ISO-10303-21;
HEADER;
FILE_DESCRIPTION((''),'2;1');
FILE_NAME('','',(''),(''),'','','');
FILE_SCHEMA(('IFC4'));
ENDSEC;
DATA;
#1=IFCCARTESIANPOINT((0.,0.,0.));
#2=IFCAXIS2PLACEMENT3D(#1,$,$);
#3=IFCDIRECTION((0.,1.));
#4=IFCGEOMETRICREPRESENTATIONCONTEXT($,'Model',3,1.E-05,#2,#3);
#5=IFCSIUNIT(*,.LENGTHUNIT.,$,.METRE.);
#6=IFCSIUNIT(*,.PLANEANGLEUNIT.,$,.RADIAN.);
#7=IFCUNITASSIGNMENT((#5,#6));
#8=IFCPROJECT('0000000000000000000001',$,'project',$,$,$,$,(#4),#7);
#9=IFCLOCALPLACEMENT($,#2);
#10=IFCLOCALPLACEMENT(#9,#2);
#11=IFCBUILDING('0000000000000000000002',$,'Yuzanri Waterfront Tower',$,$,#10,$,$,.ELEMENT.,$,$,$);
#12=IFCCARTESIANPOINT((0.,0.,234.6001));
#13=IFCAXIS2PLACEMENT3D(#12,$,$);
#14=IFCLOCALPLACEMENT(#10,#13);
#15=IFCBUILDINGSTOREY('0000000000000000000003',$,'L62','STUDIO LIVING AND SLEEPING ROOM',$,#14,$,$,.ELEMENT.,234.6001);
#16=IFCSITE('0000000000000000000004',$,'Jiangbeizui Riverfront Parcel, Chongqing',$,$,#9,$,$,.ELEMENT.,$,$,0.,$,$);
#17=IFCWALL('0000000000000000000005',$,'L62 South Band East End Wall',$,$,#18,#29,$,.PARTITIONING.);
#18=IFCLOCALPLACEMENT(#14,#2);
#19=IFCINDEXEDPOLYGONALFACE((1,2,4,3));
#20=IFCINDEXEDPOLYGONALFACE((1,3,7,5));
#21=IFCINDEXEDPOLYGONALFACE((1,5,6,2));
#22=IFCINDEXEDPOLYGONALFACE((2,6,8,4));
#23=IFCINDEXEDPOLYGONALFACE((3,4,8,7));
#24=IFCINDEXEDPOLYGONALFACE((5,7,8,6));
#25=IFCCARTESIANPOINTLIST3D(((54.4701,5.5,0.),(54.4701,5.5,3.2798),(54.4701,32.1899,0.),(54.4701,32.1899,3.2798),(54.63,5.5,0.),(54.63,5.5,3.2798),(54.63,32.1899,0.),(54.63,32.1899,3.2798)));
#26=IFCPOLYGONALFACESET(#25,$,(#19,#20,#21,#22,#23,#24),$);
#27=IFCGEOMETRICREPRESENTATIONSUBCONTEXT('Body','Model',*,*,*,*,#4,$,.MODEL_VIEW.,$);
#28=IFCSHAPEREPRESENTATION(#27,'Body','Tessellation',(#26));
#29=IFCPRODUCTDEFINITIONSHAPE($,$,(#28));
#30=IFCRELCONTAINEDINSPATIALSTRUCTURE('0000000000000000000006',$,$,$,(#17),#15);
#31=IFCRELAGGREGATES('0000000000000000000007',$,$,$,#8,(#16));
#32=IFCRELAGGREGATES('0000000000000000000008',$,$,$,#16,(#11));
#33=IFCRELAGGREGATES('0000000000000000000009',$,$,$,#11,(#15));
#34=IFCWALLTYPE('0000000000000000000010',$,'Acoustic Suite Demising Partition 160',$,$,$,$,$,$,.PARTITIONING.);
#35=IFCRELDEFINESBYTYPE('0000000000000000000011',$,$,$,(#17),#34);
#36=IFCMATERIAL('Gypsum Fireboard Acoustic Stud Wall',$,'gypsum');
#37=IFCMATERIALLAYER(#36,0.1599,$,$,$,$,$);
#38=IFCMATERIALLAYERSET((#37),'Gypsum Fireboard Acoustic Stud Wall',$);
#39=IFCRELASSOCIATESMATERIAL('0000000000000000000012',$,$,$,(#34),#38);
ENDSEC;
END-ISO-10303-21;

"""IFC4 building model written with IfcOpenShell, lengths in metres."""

from ifc_helpers import new_model, si_unit, direction, frame, frame_2d, origin, place, context, subcontext, project, spatial, rectangle, extrude, source, transform, mapped, material, layer, layer_set, type_object, element, save


model = new_model("IFC4")

# Units and contexts
model_context = context("Model", 3, precision=1e-05, world=origin(), true_north=direction((0.0, 1.0)))
body_context = subcontext(model_context, "Body", "Model", "MODEL_VIEW")
ifc_project = project(units=[si_unit("LENGTHUNIT", "METRE"), si_unit("PLANEANGLEUNIT", "RADIAN")], contexts=[model_context])

# Site, building, storey
site_placement = place(None, origin())
site = spatial("IfcSite", under=ifc_project, at=site_placement, Name="Jiangbeizui Riverfront Parcel, Chongqing", CompositionType="ELEMENT", RefElevation=0.0)
building_placement = place(site_placement, origin())
building = spatial("IfcBuilding", under=site, at=building_placement, Name="Yuzanri Waterfront Tower", CompositionType="ELEMENT")
storey_placement = place(building_placement, frame((0.0, 0.0, 234.6001)))
storey = spatial("IfcBuildingStorey", under=building, at=storey_placement, Name="L62", Description="STUDIO LIVING AND SLEEPING ROOM", CompositionType="ELEMENT", Elevation=234.6001)

# Wall
ifc_material_1 = material(Name="Gypsum Fireboard Acoustic Stud Wall", Category="gypsum")
ifc_layer_1 = layer(ifc_material_1, 0.1599)
ifc_layer_set_1 = layer_set([ifc_layer_1], Name="Gypsum Fireboard Acoustic Stud Wall")
wall_type_1 = type_object("IfcWallType", Name="Acoustic Suite Demising Partition 160", PredefinedType="PARTITIONING", material=ifc_layer_set_1)
shared_shape_1 = source(origin(), body_context, "Body", "SweptSolid", [
    extrude(rectangle(XDim=26.6899, YDim=0.1599, at=frame_2d((13.345, 0.0))), origin(), (0.0, 0.0, 1.0), 3.2798),
])
wall_1_placement = place(storey_placement, frame((54.55, 5.5, 0.0), z_axis=(0.0, 0.0, 1.0), x_axis=(0.0, 1.0, 0.0)))
element("IfcWall", 1, at=wall_1_placement, inside=storey, type_object=wall_type_1, Name="L62 South Band East End Wall", PredefinedType="PARTITIONING", context=body_context, shape_type="MappedRepresentation", body=[
    mapped(shared_shape_1, transform((0.0, 0.0, 0.0), scale=1.0)),
])

save(model, "model.ifc")
